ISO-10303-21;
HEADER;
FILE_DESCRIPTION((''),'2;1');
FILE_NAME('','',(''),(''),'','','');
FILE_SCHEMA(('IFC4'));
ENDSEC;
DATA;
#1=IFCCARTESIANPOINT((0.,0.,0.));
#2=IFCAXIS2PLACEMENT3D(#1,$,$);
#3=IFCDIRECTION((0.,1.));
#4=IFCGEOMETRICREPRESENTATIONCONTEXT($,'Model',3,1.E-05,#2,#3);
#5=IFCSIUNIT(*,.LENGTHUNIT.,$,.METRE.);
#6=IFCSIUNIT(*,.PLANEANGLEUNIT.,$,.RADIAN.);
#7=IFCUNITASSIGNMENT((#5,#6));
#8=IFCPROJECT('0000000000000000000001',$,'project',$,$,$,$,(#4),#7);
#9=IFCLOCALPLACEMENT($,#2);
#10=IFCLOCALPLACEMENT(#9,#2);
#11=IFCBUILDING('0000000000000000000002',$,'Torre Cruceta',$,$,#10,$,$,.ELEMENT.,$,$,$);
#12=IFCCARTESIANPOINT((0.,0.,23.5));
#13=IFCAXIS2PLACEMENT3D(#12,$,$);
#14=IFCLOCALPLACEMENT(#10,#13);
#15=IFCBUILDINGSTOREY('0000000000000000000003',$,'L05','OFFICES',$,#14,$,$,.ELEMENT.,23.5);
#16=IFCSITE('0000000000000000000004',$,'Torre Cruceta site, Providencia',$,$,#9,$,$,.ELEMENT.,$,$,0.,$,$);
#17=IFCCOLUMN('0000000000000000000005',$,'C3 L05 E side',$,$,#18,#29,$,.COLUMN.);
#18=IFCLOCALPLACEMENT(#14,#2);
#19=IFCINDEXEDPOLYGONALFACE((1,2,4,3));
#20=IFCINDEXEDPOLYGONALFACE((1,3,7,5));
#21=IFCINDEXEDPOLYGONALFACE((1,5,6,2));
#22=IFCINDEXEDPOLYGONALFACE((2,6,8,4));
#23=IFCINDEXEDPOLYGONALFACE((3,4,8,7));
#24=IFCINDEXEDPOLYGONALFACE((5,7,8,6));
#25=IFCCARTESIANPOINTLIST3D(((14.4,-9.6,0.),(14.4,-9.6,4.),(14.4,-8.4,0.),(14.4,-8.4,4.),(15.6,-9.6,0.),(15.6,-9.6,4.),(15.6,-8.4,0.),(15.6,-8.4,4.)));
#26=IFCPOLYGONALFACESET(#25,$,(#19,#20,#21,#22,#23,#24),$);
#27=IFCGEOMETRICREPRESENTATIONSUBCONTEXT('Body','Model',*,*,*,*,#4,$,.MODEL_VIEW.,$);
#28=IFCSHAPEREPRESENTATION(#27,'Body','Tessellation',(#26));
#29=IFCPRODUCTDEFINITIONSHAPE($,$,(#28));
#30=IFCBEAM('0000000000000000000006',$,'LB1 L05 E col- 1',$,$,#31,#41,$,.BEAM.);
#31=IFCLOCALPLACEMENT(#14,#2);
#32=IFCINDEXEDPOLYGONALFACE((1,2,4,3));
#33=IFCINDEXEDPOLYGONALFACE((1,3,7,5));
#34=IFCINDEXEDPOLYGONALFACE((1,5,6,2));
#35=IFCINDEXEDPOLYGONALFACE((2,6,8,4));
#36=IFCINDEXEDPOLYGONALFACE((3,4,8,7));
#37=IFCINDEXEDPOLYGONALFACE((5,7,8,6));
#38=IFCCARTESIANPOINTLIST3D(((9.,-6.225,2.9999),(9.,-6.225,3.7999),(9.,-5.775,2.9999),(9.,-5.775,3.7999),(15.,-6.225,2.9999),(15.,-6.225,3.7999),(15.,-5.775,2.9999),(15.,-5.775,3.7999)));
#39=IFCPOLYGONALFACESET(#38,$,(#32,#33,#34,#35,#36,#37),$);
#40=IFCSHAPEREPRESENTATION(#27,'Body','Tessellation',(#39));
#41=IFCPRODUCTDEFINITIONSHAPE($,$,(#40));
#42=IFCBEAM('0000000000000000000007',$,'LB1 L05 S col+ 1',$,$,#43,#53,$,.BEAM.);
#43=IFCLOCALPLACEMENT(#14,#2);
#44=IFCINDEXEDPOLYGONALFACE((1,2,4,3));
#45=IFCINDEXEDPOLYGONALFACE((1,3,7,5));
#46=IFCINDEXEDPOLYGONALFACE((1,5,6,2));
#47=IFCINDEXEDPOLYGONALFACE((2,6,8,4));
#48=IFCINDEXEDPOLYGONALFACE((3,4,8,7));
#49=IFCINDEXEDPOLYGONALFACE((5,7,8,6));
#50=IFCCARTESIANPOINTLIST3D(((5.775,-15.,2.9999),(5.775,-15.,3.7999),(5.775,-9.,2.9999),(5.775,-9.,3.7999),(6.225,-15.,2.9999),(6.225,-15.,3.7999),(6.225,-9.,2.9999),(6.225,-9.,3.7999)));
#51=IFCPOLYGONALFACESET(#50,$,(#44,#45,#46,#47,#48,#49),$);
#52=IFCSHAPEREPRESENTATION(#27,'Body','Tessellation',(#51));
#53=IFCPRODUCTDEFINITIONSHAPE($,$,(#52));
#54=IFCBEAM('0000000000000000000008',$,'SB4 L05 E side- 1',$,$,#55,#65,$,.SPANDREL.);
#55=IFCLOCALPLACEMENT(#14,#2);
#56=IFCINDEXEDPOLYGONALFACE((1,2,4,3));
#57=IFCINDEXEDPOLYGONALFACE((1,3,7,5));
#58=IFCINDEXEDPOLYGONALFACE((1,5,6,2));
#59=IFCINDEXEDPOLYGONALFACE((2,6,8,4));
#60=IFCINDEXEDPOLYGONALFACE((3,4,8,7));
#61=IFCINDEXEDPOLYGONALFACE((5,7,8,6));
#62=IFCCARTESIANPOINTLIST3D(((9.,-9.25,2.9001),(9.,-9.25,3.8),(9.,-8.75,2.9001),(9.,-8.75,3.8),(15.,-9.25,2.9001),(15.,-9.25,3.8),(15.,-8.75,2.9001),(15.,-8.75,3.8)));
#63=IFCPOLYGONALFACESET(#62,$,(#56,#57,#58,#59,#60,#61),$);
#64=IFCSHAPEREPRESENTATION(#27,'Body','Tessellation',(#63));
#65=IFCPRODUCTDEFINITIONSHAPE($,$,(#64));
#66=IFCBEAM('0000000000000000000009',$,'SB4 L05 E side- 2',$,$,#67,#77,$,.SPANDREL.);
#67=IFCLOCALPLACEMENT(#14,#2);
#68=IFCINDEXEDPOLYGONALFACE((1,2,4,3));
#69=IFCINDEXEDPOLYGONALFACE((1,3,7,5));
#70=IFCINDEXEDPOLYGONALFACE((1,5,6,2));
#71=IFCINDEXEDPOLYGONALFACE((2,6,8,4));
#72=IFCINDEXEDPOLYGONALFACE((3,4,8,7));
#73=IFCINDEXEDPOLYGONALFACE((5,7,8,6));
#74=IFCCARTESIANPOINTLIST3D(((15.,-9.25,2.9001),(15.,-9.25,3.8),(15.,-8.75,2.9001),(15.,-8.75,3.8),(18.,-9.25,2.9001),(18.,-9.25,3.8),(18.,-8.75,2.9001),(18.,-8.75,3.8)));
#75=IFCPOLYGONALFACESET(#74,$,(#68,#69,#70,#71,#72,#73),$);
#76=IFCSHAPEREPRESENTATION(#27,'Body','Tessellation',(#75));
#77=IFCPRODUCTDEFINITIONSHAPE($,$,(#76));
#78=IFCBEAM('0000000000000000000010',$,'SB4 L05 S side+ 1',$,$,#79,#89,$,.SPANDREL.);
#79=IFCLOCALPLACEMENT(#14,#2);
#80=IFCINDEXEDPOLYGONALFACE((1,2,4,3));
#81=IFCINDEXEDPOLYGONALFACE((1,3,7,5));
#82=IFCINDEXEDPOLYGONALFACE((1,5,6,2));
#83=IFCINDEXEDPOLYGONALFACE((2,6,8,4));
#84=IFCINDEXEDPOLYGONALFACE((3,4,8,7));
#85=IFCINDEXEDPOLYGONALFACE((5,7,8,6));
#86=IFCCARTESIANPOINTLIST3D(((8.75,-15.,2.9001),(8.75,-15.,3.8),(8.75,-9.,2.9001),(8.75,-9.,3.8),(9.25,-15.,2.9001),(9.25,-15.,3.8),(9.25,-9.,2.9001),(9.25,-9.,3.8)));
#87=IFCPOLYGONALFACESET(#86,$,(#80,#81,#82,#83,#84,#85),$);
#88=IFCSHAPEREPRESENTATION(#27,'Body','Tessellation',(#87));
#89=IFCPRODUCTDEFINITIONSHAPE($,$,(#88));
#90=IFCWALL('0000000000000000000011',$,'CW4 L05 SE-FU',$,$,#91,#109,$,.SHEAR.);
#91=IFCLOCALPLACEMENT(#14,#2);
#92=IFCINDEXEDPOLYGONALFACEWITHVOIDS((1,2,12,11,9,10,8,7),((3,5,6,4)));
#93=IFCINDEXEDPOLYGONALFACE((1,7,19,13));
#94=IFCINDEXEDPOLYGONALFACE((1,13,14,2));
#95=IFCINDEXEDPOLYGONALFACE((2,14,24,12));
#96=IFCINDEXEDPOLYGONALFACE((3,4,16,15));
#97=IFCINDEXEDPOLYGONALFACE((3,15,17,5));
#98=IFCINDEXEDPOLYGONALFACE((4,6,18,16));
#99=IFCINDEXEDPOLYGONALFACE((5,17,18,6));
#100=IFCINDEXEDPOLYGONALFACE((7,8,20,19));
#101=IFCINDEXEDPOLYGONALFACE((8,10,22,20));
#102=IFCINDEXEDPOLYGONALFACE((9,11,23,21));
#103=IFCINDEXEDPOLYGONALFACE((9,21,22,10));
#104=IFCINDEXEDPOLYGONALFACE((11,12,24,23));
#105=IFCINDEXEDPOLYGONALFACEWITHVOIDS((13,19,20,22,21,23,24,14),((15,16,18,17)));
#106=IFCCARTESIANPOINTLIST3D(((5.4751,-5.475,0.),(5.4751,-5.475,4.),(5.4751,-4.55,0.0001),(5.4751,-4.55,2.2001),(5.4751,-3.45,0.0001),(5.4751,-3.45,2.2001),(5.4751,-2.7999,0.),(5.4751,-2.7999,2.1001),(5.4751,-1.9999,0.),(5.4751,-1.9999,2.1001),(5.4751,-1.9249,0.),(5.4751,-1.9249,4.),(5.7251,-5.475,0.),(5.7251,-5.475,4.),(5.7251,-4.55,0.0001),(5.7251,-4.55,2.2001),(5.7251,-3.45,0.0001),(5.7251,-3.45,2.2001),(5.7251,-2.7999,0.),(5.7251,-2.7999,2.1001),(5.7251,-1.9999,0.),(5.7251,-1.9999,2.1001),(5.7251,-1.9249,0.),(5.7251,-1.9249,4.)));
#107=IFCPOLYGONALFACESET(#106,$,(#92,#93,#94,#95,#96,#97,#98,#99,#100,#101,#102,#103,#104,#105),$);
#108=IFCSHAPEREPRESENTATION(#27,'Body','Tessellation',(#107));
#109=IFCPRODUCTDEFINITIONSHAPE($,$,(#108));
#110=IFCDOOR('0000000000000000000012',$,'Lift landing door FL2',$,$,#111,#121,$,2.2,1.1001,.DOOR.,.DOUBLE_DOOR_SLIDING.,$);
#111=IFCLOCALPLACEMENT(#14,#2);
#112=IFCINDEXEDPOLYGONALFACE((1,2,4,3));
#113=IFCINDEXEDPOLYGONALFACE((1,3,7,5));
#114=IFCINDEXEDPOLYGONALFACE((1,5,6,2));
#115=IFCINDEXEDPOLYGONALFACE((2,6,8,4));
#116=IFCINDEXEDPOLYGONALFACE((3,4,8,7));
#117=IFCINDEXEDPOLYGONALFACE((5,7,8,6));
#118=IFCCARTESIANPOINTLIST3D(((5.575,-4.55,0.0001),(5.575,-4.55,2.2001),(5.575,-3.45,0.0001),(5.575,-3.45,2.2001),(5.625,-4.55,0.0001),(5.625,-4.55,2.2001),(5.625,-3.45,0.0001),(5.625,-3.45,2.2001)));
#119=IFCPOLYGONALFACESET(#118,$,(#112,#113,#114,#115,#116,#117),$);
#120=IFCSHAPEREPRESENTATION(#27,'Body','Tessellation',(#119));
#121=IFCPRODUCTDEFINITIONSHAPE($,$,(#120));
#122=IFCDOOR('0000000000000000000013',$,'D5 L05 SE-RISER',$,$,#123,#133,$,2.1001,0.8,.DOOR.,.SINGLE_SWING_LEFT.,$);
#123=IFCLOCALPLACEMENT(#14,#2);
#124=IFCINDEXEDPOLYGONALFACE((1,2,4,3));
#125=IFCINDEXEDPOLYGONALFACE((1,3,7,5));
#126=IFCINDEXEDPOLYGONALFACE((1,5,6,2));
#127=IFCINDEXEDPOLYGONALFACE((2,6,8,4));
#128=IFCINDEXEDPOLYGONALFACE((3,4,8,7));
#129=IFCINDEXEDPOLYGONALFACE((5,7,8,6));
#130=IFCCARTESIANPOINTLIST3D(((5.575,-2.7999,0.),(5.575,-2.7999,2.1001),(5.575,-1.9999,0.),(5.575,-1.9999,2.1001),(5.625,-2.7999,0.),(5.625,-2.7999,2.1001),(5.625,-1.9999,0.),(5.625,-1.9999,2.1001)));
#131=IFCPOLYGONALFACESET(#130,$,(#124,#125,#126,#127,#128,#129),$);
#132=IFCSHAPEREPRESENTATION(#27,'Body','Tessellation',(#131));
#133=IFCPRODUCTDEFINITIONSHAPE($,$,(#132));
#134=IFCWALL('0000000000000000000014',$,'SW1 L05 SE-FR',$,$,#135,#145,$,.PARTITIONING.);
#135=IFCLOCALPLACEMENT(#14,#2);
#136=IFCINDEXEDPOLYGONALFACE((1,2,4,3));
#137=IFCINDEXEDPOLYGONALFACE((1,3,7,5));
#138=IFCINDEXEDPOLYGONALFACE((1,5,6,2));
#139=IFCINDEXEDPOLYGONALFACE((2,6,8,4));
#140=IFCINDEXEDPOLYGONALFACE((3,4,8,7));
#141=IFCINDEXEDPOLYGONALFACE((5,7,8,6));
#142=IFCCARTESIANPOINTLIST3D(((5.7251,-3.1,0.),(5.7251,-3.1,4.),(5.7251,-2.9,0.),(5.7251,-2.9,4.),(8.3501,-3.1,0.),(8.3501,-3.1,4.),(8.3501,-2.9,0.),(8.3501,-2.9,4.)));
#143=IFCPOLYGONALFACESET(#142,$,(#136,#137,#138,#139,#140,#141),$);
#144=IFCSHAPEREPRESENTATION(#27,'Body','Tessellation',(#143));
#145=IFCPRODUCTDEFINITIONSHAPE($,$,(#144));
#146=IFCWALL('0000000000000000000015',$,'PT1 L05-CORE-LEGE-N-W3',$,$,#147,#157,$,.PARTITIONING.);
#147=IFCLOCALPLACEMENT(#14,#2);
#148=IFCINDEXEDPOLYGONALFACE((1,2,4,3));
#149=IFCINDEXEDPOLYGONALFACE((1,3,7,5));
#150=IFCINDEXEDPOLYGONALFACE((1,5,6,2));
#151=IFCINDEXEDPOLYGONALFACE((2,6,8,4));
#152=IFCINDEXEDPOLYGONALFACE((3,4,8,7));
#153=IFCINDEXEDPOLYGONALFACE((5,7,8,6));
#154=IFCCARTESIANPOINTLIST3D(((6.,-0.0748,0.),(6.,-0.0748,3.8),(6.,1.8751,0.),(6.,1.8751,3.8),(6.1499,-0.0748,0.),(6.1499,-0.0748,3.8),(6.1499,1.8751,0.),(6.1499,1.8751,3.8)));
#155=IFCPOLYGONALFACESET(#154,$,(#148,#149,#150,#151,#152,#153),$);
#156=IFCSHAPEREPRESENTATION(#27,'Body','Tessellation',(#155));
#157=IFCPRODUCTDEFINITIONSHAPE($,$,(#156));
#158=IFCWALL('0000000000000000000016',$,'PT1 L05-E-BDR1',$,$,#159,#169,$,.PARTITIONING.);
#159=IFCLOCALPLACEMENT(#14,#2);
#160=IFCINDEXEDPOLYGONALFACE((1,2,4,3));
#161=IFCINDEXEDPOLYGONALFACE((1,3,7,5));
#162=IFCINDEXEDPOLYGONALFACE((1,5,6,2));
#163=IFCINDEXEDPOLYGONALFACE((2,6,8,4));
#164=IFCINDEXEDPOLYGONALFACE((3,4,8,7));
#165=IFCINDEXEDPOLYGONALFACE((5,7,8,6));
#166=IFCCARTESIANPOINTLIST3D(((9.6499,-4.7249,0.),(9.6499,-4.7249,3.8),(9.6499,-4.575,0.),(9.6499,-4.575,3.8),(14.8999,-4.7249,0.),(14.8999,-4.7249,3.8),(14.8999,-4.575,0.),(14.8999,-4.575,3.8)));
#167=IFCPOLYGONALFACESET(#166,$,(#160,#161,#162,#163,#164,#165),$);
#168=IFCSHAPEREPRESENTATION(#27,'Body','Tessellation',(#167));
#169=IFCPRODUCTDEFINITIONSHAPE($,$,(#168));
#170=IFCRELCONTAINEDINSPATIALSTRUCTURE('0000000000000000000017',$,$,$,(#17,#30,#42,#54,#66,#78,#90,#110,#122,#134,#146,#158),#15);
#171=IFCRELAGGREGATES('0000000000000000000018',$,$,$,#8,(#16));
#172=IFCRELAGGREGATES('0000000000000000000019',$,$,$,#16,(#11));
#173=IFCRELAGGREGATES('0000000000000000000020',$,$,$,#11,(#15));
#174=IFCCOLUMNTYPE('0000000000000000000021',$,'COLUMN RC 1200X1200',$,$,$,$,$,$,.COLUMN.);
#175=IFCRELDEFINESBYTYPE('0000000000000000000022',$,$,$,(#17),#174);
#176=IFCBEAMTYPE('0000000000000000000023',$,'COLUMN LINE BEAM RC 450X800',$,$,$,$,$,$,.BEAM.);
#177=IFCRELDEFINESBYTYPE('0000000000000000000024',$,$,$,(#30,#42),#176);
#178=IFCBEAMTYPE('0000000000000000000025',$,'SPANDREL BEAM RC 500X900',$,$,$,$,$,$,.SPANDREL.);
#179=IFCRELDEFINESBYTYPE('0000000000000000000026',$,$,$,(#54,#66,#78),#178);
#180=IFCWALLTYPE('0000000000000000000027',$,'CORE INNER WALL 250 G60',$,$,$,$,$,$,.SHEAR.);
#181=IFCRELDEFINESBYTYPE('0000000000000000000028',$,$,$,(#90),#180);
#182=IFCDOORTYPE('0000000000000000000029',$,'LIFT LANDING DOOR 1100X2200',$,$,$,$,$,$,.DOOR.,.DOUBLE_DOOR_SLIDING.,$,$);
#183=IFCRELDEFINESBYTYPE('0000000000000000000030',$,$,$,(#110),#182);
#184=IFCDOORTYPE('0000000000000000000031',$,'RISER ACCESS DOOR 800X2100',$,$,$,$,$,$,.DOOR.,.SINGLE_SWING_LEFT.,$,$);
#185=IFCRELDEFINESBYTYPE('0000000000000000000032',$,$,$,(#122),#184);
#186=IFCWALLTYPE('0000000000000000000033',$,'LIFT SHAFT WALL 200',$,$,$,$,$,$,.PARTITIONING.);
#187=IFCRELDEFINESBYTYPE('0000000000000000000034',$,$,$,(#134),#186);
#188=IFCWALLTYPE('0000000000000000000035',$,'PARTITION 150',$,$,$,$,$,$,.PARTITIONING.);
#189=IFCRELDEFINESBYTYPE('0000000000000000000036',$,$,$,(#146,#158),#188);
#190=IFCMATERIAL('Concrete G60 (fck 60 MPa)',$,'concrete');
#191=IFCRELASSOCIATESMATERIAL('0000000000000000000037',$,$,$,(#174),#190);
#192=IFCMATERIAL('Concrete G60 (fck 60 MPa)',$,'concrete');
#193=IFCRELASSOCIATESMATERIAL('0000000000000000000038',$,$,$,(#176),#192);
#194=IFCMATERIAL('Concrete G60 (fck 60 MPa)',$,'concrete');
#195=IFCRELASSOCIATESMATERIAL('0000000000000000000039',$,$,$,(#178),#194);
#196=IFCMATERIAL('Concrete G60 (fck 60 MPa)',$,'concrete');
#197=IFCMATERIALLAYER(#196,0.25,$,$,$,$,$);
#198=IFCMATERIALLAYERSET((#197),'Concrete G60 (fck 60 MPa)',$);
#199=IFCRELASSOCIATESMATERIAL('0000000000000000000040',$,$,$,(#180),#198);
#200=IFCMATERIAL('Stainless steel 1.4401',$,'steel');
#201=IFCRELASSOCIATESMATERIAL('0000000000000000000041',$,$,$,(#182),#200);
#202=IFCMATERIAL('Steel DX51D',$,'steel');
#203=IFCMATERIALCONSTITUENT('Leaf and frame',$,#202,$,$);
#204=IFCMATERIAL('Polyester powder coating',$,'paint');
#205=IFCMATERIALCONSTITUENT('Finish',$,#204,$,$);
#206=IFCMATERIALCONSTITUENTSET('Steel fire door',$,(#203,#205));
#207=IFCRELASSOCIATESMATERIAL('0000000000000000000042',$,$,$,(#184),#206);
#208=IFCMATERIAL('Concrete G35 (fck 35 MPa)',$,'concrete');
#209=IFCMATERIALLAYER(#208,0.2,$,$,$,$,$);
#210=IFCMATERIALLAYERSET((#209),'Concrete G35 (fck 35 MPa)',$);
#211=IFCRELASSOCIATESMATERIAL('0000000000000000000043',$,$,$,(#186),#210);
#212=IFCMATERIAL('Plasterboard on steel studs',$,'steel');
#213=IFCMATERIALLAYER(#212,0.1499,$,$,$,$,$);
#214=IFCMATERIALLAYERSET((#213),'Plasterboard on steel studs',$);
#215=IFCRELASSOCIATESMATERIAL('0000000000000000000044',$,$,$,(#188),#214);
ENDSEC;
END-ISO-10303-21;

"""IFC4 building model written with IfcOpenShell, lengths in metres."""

from ifc_helpers import new_model, si_unit, direction, frame, frame_2d, origin, origin_2d, place, context, subcontext, project, spatial, rectangle, extrude, material, layer, layer_set, constituent, constituent_set, material_profile, profile_set, type_object, element, fill, save


model = new_model("IFC4")

# Units and contexts
model_context = context("Model", 3, precision=1e-05, world=origin(), true_north=direction((0.0, 1.0)))
body_context = subcontext(model_context, "Body", "Model", "MODEL_VIEW")
ifc_project = project(units=[si_unit("LENGTHUNIT", "METRE"), si_unit("PLANEANGLEUNIT", "RADIAN")], contexts=[model_context])

# Site, building, storey
site_placement = place(None, origin())
site = spatial("IfcSite", under=ifc_project, at=site_placement, Name="Torre Cruceta site, Providencia", CompositionType="ELEMENT", RefElevation=0.0)
building_placement = place(site_placement, origin())
building = spatial("IfcBuilding", under=site, at=building_placement, Name="Torre Cruceta", CompositionType="ELEMENT")
storey_placement = place(building_placement, frame((0.0, 0.0, 23.5)))
storey = spatial("IfcBuildingStorey", under=building, at=storey_placement, Name="L05", Description="OFFICES", CompositionType="ELEMENT", Elevation=23.5)

# Column
ifc_material_1 = material(Name="Concrete G60 (fck 60 MPa)", Category="concrete")
ifc_material_profile_1 = material_profile(ifc_material_1, rectangle(XDim=1.2, YDim=1.2, at=origin_2d()), Name="RC 1200X1200")
ifc_profile_set_1 = profile_set([ifc_material_profile_1], Name="Concrete G60 (fck 60 MPa)")
column_type = type_object("IfcColumnType", Name="COLUMN RC 1200X1200", PredefinedType="COLUMN", material=ifc_profile_set_1)
column_placement = place(storey_placement, frame((15.0, -9.0, 0.0), z_axis=(0.0, 0.0, 1.0), x_axis=(1.0, 0.0, 0.0)))
element("IfcColumn", 1, at=column_placement, inside=storey, type_object=column_type, Name="C3 L05 E side", PredefinedType="COLUMN", context=body_context, shape_type="SweptSolid", body=[
    extrude(rectangle(XDim=1.2, YDim=1.2, at=origin_2d()), origin(), (0.0, 0.0, 1.0), 4.0),
])

# Beams
ifc_material_2 = material(Name="Concrete G60 (fck 60 MPa)", Category="concrete")
ifc_material_profile_2 = material_profile(ifc_material_2, rectangle(XDim=0.45, YDim=0.8, at=origin_2d()), Name="RC 450X800")
ifc_profile_set_2 = profile_set([ifc_material_profile_2], Name="Concrete G60 (fck 60 MPa)")
beam_type_1 = type_object("IfcBeamType", Name="COLUMN LINE BEAM RC 450X800", PredefinedType="BEAM", material=ifc_profile_set_2)
for number, where, z_axis, x_axis, name in (
    (2, (9.0, -6.0, 3.3999), (1.0, 0.0, 0.0), (0.0, 1.0, 0.0), "LB1 L05 E col- 1"),
    (3, (6.0, -9.0, 3.3999), (0.0, -1.0, 0.0), (1.0, 0.0, 0.0), "LB1 L05 S col+ 1"),
):
    element("IfcBeam", number, at=place(storey_placement, frame(where, z_axis=z_axis, x_axis=x_axis)), inside=storey, type_object=beam_type_1, Name=name, PredefinedType="BEAM", context=body_context, shape_type="SweptSolid", body=[
        extrude(rectangle(XDim=0.45, YDim=0.8, at=origin_2d()), origin(), (0.0, 0.0, 1.0), 6.0),
    ])
ifc_material_3 = material(Name="Concrete G60 (fck 60 MPa)", Category="concrete")
ifc_material_profile_3 = material_profile(ifc_material_3, rectangle(XDim=0.5, YDim=0.8999, at=origin_2d()), Name="RC 500X900")
ifc_profile_set_3 = profile_set([ifc_material_profile_3], Name="Concrete G60 (fck 60 MPa)")
beam_type_2 = type_object("IfcBeamType", Name="SPANDREL BEAM RC 500X900", PredefinedType="SPANDREL", material=ifc_profile_set_3)
beam_1_placement = place(storey_placement, frame((9.0, -9.0, 3.3501), z_axis=(1.0, 0.0, 0.0), x_axis=(0.0, 1.0, 0.0)))
element("IfcBeam", 4, at=beam_1_placement, inside=storey, type_object=beam_type_2, Name="SB4 L05 E side- 1", PredefinedType="SPANDREL", context=body_context, shape_type="SweptSolid", body=[
    extrude(rectangle(XDim=0.5, YDim=0.8999, at=origin_2d()), origin(), (0.0, 0.0, 1.0), 6.0),
])
beam_2_placement = place(storey_placement, frame((15.0, -9.0, 3.3501), z_axis=(1.0, 0.0, 0.0), x_axis=(0.0, 1.0, 0.0)))
element("IfcBeam", 5, at=beam_2_placement, inside=storey, type_object=beam_type_2, Name="SB4 L05 E side- 2", PredefinedType="SPANDREL", context=body_context, shape_type="SweptSolid", body=[
    extrude(rectangle(XDim=0.5, YDim=0.8999, at=origin_2d()), origin(), (0.0, 0.0, 1.0), 3.0),
])
beam_3_placement = place(storey_placement, frame((9.0, -9.0, 3.3501), z_axis=(0.0, -1.0, 0.0), x_axis=(1.0, 0.0, 0.0)))
element("IfcBeam", 6, at=beam_3_placement, inside=storey, type_object=beam_type_2, Name="SB4 L05 S side+ 1", PredefinedType="SPANDREL", context=body_context, shape_type="SweptSolid", body=[
    extrude(rectangle(XDim=0.5, YDim=0.8999, at=origin_2d()), origin(), (0.0, 0.0, 1.0), 6.0),
])

# Wall, openings, doors
ifc_material_4 = material(Name="Concrete G60 (fck 60 MPa)", Category="concrete")
ifc_layer_1 = layer(ifc_material_4, 0.25)
ifc_layer_set_1 = layer_set([ifc_layer_1], Name="Concrete G60 (fck 60 MPa)")
wall_type_1 = type_object("IfcWallType", Name="CORE INNER WALL 250 G60", PredefinedType="SHEAR", material=ifc_layer_set_1)
wall_1_placement = place(storey_placement, frame((5.6001, -1.925, 0.0), z_axis=(0.0, 0.0, 1.0), x_axis=(0.0, -1.0, 0.0)))
wall_1 = element("IfcWall", 7, at=wall_1_placement, inside=storey, type_object=wall_type_1, Name="CW4 L05 SE-FU", PredefinedType="SHEAR", context=body_context, shape_type="SweptSolid", body=[
    extrude(rectangle(XDim=3.55, YDim=0.25, at=frame_2d((1.7749, 0.0))), origin(), (0.0, 0.0, 1.0), 4.0),
])
opening_1_placement = place(wall_1_placement, frame((1.5249, 0.0, 0.0)))
opening_1 = element("IfcOpeningElement", 8, at=opening_1_placement, cuts=wall_1, PredefinedType="OPENING", context=body_context, shape_type="SweptSolid", body=[
    extrude(rectangle(XDim=1.1001, YDim=2.2, at=frame_2d((0.55, 1.1001))), frame((0.0, 0.135, 0.0), z_axis=(0.0, -1.0, 0.0), x_axis=(1.0, 0.0, 0.0)), (0.0, 0.0, 1.0), 0.27),
])
opening_2_placement = place(wall_1_placement, frame((0.075, 0.0, 0.0)))
opening_2 = element("IfcOpeningElement", 9, at=opening_2_placement, cuts=wall_1, PredefinedType="OPENING", context=body_context, shape_type="SweptSolid", body=[
    extrude(rectangle(XDim=0.8, YDim=2.1001, at=frame_2d((0.3999, 1.05))), frame((0.0, 0.135, 0.0), z_axis=(0.0, -1.0, 0.0), x_axis=(1.0, 0.0, 0.0)), (0.0, 0.0, 1.0), 0.27),
])
ifc_material_5 = material(Name="Stainless steel 1.4401", Category="steel")
door_type_1 = type_object("IfcDoorType", Name="LIFT LANDING DOOR 1100X2200", OperationType="DOUBLE_DOOR_SLIDING", PredefinedType="DOOR", material=ifc_material_5)
door_1_placement = place(opening_1_placement, origin())
door_1 = element("IfcDoor", 10, at=door_1_placement, inside=storey, type_object=door_type_1, Name="Lift landing door FL2", OperationType="DOUBLE_DOOR_SLIDING", OverallHeight=2.2, OverallWidth=1.1001, PredefinedType="DOOR", context=body_context, shape_type="SweptSolid", body=[
    extrude(rectangle(XDim=1.1001, YDim=2.2, at=frame_2d((0.55, 1.1001))), frame((0.0, 0.0249, 0.0), z_axis=(0.0, -1.0, 0.0), x_axis=(1.0, 0.0, 0.0)), (0.0, 0.0, 1.0), 0.05),
])
fill(opening_1, door_1)
ifc_material_6 = material(Name="Steel DX51D", Category="steel")
ifc_constituent_1 = constituent(ifc_material_6, Name="Leaf and frame")
ifc_material_7 = material(Name="Polyester powder coating", Category="paint")
ifc_constituent_2 = constituent(ifc_material_7, Name="Finish")
ifc_constituent_set_1 = constituent_set(constituents=[ifc_constituent_1, ifc_constituent_2], Name="Steel fire door")
door_type_2 = type_object("IfcDoorType", Name="RISER ACCESS DOOR 800X2100", OperationType="SINGLE_SWING_LEFT", PredefinedType="DOOR", material=ifc_constituent_set_1)
door_2_placement = place(opening_2_placement, origin())
door_2 = element("IfcDoor", 11, at=door_2_placement, inside=storey, type_object=door_type_2, Name="D5 L05 SE-RISER", OperationType="SINGLE_SWING_LEFT", OverallHeight=2.1001, OverallWidth=0.8, PredefinedType="DOOR", context=body_context, shape_type="SweptSolid", body=[
    extrude(rectangle(XDim=0.8, YDim=2.1001, at=frame_2d((0.3999, 1.05))), frame((0.0, 0.0249, 0.0), z_axis=(0.0, -1.0, 0.0), x_axis=(1.0, 0.0, 0.0)), (0.0, 0.0, 1.0), 0.05),
])
fill(opening_2, door_2)

# Walls
ifc_material_8 = material(Name="Concrete G35 (fck 35 MPa)", Category="concrete")
ifc_layer_2 = layer(ifc_material_8, 0.2)
ifc_layer_set_2 = layer_set([ifc_layer_2], Name="Concrete G35 (fck 35 MPa)")
wall_type_2 = type_object("IfcWallType", Name="LIFT SHAFT WALL 200", PredefinedType="PARTITIONING", material=ifc_layer_set_2)
wall_2_placement = place(storey_placement, frame((5.7251, -3.0, 0.0), z_axis=(0.0, 0.0, 1.0), x_axis=(1.0, 0.0, 0.0)))
element("IfcWall", 12, at=wall_2_placement, inside=storey, type_object=wall_type_2, Name="SW1 L05 SE-FR", PredefinedType="PARTITIONING", context=body_context, shape_type="SweptSolid", body=[
    extrude(rectangle(XDim=2.625, YDim=0.2, at=frame_2d((1.3125, 0.0))), origin(), (0.0, 0.0, 1.0), 4.0),
])
ifc_material_9 = material(Name="Plasterboard on steel studs", Category="steel")
ifc_layer_3 = layer(ifc_material_9, 0.1499)
ifc_layer_set_3 = layer_set([ifc_layer_3], Name="Plasterboard on steel studs")
wall_type_3 = type_object("IfcWallType", Name="PARTITION 150", PredefinedType="PARTITIONING", material=ifc_layer_set_3)
wall_3_placement = place(storey_placement, frame((6.075, -0.075, 0.0), z_axis=(0.0, 0.0, 1.0), x_axis=(0.0, 1.0, 0.0)))
element("IfcWall", 13, at=wall_3_placement, inside=storey, type_object=wall_type_3, Name="PT1 L05-CORE-LEGE-N-W3", PredefinedType="PARTITIONING", context=body_context, shape_type="SweptSolid", body=[
    extrude(rectangle(XDim=1.95, YDim=0.1499, at=frame_2d((0.9751, 0.0))), origin(), (0.0, 0.0, 1.0), 3.8),
])
wall_4_placement = place(storey_placement, frame((9.6499, -4.6499, 0.0), z_axis=(0.0, 0.0, 1.0), x_axis=(1.0, 0.0, 0.0)))
element("IfcWall", 14, at=wall_4_placement, inside=storey, type_object=wall_type_3, Name="PT1 L05-E-BDR1", PredefinedType="PARTITIONING", context=body_context, shape_type="SweptSolid", body=[
    extrude(rectangle(XDim=5.25, YDim=0.1499, at=frame_2d((2.625, 0.0))), origin(), (0.0, 0.0, 1.0), 3.8),
])

save(model, "model.ifc")
